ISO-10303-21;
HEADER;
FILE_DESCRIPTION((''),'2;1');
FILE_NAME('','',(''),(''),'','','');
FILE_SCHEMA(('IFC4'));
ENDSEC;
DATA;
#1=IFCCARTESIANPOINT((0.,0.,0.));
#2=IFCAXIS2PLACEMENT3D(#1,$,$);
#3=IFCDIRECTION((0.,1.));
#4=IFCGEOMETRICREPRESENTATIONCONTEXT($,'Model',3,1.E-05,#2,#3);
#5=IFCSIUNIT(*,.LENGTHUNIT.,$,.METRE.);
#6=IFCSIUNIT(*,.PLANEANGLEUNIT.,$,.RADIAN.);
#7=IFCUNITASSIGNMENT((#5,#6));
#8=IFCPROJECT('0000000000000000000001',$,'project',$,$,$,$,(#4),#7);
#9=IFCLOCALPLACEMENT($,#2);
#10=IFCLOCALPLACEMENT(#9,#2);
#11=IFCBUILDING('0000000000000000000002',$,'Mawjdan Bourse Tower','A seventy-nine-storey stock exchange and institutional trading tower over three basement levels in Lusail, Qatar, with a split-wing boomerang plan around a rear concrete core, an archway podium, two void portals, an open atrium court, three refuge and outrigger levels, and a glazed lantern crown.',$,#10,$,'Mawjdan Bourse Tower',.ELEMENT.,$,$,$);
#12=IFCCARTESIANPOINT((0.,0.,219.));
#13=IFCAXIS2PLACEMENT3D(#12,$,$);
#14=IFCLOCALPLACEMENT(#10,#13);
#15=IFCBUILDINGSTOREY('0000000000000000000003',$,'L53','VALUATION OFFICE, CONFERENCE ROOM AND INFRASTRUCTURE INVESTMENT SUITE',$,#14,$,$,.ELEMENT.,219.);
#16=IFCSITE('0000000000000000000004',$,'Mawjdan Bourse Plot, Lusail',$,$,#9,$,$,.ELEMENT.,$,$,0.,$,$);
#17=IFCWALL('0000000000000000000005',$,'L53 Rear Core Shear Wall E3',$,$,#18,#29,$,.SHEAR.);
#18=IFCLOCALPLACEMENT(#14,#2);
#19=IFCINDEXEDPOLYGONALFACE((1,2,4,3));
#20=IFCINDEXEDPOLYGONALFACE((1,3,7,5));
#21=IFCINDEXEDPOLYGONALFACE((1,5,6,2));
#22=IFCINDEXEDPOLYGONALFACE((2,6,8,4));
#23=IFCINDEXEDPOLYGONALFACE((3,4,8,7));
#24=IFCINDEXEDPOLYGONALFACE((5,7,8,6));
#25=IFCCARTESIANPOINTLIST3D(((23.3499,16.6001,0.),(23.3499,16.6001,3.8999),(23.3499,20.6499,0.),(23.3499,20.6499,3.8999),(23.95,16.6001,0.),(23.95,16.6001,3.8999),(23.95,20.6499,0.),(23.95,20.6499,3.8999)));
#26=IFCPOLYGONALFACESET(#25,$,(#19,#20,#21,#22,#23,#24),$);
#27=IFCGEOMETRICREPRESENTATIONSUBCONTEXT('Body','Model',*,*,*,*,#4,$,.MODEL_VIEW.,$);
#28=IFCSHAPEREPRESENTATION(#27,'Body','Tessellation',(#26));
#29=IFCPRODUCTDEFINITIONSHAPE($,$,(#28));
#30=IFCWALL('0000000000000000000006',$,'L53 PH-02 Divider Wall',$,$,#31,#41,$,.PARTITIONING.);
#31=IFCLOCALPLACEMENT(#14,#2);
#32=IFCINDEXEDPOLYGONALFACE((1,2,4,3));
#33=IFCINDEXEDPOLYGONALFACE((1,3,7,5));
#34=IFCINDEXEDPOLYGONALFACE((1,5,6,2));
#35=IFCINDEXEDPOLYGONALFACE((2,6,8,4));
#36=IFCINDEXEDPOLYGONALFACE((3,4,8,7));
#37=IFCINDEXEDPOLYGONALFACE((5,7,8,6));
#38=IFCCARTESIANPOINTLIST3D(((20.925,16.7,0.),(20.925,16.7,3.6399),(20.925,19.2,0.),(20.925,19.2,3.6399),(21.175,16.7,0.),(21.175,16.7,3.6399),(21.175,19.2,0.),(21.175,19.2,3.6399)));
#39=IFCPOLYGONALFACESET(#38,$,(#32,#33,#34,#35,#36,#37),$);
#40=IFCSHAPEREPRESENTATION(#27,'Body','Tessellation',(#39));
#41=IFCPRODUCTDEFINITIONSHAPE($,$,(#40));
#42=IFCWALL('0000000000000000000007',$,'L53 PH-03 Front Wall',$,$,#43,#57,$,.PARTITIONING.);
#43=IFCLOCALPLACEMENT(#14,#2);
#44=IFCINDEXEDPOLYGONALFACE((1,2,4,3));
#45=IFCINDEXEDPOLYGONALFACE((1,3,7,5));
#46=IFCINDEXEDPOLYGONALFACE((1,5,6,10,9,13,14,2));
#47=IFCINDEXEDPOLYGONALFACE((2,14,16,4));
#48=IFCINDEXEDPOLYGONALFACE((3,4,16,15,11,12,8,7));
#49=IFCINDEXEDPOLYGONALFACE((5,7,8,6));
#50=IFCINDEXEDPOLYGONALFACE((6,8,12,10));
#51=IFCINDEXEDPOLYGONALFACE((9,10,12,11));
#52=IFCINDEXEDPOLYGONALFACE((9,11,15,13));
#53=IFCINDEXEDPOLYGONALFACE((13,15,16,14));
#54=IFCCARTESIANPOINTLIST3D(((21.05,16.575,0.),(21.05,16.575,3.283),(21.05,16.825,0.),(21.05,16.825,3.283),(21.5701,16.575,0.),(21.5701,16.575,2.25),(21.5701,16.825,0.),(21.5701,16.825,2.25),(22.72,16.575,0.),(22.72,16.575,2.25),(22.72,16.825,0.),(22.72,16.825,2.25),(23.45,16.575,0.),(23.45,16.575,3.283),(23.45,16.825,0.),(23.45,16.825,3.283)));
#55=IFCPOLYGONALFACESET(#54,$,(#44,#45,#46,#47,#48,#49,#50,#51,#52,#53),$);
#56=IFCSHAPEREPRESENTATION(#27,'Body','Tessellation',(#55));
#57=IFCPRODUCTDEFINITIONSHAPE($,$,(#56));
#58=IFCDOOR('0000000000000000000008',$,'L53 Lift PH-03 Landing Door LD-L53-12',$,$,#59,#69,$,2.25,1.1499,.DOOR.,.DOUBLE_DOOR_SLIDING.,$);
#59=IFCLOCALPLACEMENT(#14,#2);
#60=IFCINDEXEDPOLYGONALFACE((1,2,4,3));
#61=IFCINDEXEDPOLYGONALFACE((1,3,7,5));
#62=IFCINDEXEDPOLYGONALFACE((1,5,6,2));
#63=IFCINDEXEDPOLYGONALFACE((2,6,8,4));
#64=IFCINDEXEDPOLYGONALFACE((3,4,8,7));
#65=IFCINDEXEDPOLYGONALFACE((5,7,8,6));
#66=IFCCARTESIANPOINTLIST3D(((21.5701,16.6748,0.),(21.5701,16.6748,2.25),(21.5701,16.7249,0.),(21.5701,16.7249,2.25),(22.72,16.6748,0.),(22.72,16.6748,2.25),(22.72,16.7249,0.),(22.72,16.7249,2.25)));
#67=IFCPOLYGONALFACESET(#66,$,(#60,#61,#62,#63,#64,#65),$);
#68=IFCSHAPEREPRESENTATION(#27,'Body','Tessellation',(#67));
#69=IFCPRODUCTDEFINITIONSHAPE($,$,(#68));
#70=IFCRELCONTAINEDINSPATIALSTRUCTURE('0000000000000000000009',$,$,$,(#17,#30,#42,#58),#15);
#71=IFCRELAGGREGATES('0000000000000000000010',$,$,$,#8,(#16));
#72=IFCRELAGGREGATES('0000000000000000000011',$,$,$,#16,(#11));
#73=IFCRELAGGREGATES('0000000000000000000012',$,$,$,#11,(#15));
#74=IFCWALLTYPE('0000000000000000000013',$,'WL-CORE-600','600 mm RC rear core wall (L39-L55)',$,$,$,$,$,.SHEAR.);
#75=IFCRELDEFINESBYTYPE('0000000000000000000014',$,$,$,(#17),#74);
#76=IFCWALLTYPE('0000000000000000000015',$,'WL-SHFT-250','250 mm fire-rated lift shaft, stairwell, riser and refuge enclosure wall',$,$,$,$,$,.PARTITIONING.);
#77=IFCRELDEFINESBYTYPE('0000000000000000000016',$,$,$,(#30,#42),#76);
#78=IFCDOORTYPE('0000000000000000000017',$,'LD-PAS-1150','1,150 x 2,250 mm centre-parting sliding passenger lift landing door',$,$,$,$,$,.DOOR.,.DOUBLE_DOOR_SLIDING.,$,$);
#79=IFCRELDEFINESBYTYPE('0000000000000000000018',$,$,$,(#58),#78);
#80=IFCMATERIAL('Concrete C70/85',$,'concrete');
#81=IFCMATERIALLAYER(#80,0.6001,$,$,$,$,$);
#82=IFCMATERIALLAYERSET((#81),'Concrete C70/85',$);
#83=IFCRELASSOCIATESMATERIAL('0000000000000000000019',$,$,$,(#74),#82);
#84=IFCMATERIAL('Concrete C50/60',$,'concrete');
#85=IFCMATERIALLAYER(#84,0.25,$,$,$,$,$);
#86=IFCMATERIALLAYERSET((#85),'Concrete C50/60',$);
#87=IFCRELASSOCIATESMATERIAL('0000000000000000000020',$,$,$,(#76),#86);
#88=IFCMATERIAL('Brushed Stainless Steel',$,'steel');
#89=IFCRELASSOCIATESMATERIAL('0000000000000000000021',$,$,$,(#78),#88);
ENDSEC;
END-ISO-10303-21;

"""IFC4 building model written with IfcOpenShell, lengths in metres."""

from ifc_helpers import new_model, si_unit, direction, frame, frame_2d, origin, place, context, subcontext, project, spatial, rectangle, extrude, material, layer, layer_set, type_object, element, fill, save


model = new_model("IFC4")

# Units and contexts
model_context = context("Model", 3, precision=1e-05, world=origin(), true_north=direction((0.0, 1.0)))
body_context = subcontext(model_context, "Body", "Model", "MODEL_VIEW")
ifc_project = project(units=[si_unit("LENGTHUNIT", "METRE"), si_unit("PLANEANGLEUNIT", "RADIAN")], contexts=[model_context])

# Site, building, storey
site_placement = place(None, origin())
site = spatial("IfcSite", under=ifc_project, at=site_placement, Name="Mawjdan Bourse Plot, Lusail", CompositionType="ELEMENT", RefElevation=0.0)
building_placement = place(site_placement, origin())
building = spatial("IfcBuilding", under=site, at=building_placement, Name="Mawjdan Bourse Tower", Description="A seventy-nine-storey stock exchange and institutional trading tower over three basement levels in Lusail, Qatar, with a split-wing boomerang plan around a rear concrete core, an archway podium, two void portals, an open atrium court, three refuge and outrigger levels, and a glazed lantern crown.", LongName="Mawjdan Bourse Tower", CompositionType="ELEMENT")
storey_placement = place(building_placement, frame((0.0, 0.0, 219.0)))
storey = spatial("IfcBuildingStorey", under=building, at=storey_placement, Name="L53", Description="VALUATION OFFICE, CONFERENCE ROOM AND INFRASTRUCTURE INVESTMENT SUITE", CompositionType="ELEMENT", Elevation=219.0)

# Shared definitions
ifc_material_1 = material(Name="Concrete C70/85", Category="concrete")

# Walls
ifc_layer_1 = layer(ifc_material_1, 0.6001)
ifc_layer_set_1 = layer_set([ifc_layer_1], Name="Concrete C70/85")
wall_type_1 = type_object("IfcWallType", Name="WL-CORE-600", Description="600 mm RC rear core wall (L39-L55)", PredefinedType="SHEAR", material=ifc_layer_set_1)
wall_1_placement = place(storey_placement, frame((23.6499, 16.6001, 0.0), z_axis=(0.0, 0.0, 1.0), x_axis=(0.0, 1.0, 0.0)))
element("IfcWall", 1, at=wall_1_placement, inside=storey, type_object=wall_type_1, Name="L53 Rear Core Shear Wall E3", PredefinedType="SHEAR", context=body_context, shape_type="SweptSolid", body=[
    extrude(rectangle(XDim=4.0498, YDim=0.6001, at=frame_2d((2.0249, 0.0))), origin(), (0.0, 0.0, 1.0), 3.8999),
])
ifc_material_2 = material(Name="Concrete C50/60", Category="concrete")
ifc_layer_2 = layer(ifc_material_2, 0.25)
ifc_layer_set_2 = layer_set([ifc_layer_2], Name="Concrete C50/60")
wall_type_2 = type_object("IfcWallType", Name="WL-SHFT-250", Description="250 mm fire-rated lift shaft, stairwell, riser and refuge enclosure wall", PredefinedType="PARTITIONING", material=ifc_layer_set_2)
wall_2_placement = place(storey_placement, frame((21.05, 16.7, 0.0), z_axis=(0.0, 0.0, 1.0), x_axis=(0.0, 1.0, 0.0)))
element("IfcWall", 2, at=wall_2_placement, inside=storey, type_object=wall_type_2, Name="L53 PH-02 Divider Wall", PredefinedType="PARTITIONING", context=body_context, shape_type="SweptSolid", body=[
    extrude(rectangle(XDim=2.5, YDim=0.25, at=frame_2d((1.25, 0.0))), origin(), (0.0, 0.0, 1.0), 3.6399),
])

# Wall, opening, door
wall_3_placement = place(storey_placement, frame((21.05, 16.7, 0.0), z_axis=(0.0, 0.0, 1.0), x_axis=(1.0, 0.0, 0.0)))
wall_3 = element("IfcWall", 3, at=wall_3_placement, inside=storey, type_object=wall_type_2, Name="L53 PH-03 Front Wall", PredefinedType="PARTITIONING", context=body_context, shape_type="SweptSolid", body=[
    extrude(rectangle(XDim=2.3999, YDim=0.25, at=frame_2d((1.2, 0.0))), origin(), (0.0, 0.0, 1.0), 3.283),
])
opening_1_placement = place(wall_3_placement, frame((0.52, 0.0, 0.0)))
opening_1 = element("IfcOpeningElement", 4, at=opening_1_placement, cuts=wall_3, PredefinedType="OPENING", context=body_context, shape_type="SweptSolid", body=[
    extrude(rectangle(XDim=1.1499, YDim=2.25, at=frame_2d((0.575, 1.125))), frame((0.0, 0.135, 0.0), z_axis=(0.0, -1.0, 0.0), x_axis=(1.0, 0.0, 0.0)), (0.0, 0.0, 1.0), 0.27),
])
ifc_material_3 = material(Name="Brushed Stainless Steel", Category="steel")
door_type_1 = type_object("IfcDoorType", Name="LD-PAS-1150", Description="1,150 x 2,250 mm centre-parting sliding passenger lift landing door", OperationType="DOUBLE_DOOR_SLIDING", PredefinedType="DOOR", material=ifc_material_3)
door_1_placement = place(opening_1_placement, origin())
door_1 = element("IfcDoor", 5, at=door_1_placement, inside=storey, type_object=door_type_1, Name="L53 Lift PH-03 Landing Door LD-L53-12", OperationType="DOUBLE_DOOR_SLIDING", OverallHeight=2.25, OverallWidth=1.1499, PredefinedType="DOOR", context=body_context, shape_type="SweptSolid", body=[
    extrude(rectangle(XDim=1.1499, YDim=2.25, at=frame_2d((0.575, 1.125))), frame((0.0, 0.0249, 0.0), z_axis=(0.0, -1.0, 0.0), x_axis=(1.0, 0.0, 0.0)), (0.0, 0.0, 1.0), 0.05),
])
fill(opening_1, door_1)

save(model, "model.ifc")
